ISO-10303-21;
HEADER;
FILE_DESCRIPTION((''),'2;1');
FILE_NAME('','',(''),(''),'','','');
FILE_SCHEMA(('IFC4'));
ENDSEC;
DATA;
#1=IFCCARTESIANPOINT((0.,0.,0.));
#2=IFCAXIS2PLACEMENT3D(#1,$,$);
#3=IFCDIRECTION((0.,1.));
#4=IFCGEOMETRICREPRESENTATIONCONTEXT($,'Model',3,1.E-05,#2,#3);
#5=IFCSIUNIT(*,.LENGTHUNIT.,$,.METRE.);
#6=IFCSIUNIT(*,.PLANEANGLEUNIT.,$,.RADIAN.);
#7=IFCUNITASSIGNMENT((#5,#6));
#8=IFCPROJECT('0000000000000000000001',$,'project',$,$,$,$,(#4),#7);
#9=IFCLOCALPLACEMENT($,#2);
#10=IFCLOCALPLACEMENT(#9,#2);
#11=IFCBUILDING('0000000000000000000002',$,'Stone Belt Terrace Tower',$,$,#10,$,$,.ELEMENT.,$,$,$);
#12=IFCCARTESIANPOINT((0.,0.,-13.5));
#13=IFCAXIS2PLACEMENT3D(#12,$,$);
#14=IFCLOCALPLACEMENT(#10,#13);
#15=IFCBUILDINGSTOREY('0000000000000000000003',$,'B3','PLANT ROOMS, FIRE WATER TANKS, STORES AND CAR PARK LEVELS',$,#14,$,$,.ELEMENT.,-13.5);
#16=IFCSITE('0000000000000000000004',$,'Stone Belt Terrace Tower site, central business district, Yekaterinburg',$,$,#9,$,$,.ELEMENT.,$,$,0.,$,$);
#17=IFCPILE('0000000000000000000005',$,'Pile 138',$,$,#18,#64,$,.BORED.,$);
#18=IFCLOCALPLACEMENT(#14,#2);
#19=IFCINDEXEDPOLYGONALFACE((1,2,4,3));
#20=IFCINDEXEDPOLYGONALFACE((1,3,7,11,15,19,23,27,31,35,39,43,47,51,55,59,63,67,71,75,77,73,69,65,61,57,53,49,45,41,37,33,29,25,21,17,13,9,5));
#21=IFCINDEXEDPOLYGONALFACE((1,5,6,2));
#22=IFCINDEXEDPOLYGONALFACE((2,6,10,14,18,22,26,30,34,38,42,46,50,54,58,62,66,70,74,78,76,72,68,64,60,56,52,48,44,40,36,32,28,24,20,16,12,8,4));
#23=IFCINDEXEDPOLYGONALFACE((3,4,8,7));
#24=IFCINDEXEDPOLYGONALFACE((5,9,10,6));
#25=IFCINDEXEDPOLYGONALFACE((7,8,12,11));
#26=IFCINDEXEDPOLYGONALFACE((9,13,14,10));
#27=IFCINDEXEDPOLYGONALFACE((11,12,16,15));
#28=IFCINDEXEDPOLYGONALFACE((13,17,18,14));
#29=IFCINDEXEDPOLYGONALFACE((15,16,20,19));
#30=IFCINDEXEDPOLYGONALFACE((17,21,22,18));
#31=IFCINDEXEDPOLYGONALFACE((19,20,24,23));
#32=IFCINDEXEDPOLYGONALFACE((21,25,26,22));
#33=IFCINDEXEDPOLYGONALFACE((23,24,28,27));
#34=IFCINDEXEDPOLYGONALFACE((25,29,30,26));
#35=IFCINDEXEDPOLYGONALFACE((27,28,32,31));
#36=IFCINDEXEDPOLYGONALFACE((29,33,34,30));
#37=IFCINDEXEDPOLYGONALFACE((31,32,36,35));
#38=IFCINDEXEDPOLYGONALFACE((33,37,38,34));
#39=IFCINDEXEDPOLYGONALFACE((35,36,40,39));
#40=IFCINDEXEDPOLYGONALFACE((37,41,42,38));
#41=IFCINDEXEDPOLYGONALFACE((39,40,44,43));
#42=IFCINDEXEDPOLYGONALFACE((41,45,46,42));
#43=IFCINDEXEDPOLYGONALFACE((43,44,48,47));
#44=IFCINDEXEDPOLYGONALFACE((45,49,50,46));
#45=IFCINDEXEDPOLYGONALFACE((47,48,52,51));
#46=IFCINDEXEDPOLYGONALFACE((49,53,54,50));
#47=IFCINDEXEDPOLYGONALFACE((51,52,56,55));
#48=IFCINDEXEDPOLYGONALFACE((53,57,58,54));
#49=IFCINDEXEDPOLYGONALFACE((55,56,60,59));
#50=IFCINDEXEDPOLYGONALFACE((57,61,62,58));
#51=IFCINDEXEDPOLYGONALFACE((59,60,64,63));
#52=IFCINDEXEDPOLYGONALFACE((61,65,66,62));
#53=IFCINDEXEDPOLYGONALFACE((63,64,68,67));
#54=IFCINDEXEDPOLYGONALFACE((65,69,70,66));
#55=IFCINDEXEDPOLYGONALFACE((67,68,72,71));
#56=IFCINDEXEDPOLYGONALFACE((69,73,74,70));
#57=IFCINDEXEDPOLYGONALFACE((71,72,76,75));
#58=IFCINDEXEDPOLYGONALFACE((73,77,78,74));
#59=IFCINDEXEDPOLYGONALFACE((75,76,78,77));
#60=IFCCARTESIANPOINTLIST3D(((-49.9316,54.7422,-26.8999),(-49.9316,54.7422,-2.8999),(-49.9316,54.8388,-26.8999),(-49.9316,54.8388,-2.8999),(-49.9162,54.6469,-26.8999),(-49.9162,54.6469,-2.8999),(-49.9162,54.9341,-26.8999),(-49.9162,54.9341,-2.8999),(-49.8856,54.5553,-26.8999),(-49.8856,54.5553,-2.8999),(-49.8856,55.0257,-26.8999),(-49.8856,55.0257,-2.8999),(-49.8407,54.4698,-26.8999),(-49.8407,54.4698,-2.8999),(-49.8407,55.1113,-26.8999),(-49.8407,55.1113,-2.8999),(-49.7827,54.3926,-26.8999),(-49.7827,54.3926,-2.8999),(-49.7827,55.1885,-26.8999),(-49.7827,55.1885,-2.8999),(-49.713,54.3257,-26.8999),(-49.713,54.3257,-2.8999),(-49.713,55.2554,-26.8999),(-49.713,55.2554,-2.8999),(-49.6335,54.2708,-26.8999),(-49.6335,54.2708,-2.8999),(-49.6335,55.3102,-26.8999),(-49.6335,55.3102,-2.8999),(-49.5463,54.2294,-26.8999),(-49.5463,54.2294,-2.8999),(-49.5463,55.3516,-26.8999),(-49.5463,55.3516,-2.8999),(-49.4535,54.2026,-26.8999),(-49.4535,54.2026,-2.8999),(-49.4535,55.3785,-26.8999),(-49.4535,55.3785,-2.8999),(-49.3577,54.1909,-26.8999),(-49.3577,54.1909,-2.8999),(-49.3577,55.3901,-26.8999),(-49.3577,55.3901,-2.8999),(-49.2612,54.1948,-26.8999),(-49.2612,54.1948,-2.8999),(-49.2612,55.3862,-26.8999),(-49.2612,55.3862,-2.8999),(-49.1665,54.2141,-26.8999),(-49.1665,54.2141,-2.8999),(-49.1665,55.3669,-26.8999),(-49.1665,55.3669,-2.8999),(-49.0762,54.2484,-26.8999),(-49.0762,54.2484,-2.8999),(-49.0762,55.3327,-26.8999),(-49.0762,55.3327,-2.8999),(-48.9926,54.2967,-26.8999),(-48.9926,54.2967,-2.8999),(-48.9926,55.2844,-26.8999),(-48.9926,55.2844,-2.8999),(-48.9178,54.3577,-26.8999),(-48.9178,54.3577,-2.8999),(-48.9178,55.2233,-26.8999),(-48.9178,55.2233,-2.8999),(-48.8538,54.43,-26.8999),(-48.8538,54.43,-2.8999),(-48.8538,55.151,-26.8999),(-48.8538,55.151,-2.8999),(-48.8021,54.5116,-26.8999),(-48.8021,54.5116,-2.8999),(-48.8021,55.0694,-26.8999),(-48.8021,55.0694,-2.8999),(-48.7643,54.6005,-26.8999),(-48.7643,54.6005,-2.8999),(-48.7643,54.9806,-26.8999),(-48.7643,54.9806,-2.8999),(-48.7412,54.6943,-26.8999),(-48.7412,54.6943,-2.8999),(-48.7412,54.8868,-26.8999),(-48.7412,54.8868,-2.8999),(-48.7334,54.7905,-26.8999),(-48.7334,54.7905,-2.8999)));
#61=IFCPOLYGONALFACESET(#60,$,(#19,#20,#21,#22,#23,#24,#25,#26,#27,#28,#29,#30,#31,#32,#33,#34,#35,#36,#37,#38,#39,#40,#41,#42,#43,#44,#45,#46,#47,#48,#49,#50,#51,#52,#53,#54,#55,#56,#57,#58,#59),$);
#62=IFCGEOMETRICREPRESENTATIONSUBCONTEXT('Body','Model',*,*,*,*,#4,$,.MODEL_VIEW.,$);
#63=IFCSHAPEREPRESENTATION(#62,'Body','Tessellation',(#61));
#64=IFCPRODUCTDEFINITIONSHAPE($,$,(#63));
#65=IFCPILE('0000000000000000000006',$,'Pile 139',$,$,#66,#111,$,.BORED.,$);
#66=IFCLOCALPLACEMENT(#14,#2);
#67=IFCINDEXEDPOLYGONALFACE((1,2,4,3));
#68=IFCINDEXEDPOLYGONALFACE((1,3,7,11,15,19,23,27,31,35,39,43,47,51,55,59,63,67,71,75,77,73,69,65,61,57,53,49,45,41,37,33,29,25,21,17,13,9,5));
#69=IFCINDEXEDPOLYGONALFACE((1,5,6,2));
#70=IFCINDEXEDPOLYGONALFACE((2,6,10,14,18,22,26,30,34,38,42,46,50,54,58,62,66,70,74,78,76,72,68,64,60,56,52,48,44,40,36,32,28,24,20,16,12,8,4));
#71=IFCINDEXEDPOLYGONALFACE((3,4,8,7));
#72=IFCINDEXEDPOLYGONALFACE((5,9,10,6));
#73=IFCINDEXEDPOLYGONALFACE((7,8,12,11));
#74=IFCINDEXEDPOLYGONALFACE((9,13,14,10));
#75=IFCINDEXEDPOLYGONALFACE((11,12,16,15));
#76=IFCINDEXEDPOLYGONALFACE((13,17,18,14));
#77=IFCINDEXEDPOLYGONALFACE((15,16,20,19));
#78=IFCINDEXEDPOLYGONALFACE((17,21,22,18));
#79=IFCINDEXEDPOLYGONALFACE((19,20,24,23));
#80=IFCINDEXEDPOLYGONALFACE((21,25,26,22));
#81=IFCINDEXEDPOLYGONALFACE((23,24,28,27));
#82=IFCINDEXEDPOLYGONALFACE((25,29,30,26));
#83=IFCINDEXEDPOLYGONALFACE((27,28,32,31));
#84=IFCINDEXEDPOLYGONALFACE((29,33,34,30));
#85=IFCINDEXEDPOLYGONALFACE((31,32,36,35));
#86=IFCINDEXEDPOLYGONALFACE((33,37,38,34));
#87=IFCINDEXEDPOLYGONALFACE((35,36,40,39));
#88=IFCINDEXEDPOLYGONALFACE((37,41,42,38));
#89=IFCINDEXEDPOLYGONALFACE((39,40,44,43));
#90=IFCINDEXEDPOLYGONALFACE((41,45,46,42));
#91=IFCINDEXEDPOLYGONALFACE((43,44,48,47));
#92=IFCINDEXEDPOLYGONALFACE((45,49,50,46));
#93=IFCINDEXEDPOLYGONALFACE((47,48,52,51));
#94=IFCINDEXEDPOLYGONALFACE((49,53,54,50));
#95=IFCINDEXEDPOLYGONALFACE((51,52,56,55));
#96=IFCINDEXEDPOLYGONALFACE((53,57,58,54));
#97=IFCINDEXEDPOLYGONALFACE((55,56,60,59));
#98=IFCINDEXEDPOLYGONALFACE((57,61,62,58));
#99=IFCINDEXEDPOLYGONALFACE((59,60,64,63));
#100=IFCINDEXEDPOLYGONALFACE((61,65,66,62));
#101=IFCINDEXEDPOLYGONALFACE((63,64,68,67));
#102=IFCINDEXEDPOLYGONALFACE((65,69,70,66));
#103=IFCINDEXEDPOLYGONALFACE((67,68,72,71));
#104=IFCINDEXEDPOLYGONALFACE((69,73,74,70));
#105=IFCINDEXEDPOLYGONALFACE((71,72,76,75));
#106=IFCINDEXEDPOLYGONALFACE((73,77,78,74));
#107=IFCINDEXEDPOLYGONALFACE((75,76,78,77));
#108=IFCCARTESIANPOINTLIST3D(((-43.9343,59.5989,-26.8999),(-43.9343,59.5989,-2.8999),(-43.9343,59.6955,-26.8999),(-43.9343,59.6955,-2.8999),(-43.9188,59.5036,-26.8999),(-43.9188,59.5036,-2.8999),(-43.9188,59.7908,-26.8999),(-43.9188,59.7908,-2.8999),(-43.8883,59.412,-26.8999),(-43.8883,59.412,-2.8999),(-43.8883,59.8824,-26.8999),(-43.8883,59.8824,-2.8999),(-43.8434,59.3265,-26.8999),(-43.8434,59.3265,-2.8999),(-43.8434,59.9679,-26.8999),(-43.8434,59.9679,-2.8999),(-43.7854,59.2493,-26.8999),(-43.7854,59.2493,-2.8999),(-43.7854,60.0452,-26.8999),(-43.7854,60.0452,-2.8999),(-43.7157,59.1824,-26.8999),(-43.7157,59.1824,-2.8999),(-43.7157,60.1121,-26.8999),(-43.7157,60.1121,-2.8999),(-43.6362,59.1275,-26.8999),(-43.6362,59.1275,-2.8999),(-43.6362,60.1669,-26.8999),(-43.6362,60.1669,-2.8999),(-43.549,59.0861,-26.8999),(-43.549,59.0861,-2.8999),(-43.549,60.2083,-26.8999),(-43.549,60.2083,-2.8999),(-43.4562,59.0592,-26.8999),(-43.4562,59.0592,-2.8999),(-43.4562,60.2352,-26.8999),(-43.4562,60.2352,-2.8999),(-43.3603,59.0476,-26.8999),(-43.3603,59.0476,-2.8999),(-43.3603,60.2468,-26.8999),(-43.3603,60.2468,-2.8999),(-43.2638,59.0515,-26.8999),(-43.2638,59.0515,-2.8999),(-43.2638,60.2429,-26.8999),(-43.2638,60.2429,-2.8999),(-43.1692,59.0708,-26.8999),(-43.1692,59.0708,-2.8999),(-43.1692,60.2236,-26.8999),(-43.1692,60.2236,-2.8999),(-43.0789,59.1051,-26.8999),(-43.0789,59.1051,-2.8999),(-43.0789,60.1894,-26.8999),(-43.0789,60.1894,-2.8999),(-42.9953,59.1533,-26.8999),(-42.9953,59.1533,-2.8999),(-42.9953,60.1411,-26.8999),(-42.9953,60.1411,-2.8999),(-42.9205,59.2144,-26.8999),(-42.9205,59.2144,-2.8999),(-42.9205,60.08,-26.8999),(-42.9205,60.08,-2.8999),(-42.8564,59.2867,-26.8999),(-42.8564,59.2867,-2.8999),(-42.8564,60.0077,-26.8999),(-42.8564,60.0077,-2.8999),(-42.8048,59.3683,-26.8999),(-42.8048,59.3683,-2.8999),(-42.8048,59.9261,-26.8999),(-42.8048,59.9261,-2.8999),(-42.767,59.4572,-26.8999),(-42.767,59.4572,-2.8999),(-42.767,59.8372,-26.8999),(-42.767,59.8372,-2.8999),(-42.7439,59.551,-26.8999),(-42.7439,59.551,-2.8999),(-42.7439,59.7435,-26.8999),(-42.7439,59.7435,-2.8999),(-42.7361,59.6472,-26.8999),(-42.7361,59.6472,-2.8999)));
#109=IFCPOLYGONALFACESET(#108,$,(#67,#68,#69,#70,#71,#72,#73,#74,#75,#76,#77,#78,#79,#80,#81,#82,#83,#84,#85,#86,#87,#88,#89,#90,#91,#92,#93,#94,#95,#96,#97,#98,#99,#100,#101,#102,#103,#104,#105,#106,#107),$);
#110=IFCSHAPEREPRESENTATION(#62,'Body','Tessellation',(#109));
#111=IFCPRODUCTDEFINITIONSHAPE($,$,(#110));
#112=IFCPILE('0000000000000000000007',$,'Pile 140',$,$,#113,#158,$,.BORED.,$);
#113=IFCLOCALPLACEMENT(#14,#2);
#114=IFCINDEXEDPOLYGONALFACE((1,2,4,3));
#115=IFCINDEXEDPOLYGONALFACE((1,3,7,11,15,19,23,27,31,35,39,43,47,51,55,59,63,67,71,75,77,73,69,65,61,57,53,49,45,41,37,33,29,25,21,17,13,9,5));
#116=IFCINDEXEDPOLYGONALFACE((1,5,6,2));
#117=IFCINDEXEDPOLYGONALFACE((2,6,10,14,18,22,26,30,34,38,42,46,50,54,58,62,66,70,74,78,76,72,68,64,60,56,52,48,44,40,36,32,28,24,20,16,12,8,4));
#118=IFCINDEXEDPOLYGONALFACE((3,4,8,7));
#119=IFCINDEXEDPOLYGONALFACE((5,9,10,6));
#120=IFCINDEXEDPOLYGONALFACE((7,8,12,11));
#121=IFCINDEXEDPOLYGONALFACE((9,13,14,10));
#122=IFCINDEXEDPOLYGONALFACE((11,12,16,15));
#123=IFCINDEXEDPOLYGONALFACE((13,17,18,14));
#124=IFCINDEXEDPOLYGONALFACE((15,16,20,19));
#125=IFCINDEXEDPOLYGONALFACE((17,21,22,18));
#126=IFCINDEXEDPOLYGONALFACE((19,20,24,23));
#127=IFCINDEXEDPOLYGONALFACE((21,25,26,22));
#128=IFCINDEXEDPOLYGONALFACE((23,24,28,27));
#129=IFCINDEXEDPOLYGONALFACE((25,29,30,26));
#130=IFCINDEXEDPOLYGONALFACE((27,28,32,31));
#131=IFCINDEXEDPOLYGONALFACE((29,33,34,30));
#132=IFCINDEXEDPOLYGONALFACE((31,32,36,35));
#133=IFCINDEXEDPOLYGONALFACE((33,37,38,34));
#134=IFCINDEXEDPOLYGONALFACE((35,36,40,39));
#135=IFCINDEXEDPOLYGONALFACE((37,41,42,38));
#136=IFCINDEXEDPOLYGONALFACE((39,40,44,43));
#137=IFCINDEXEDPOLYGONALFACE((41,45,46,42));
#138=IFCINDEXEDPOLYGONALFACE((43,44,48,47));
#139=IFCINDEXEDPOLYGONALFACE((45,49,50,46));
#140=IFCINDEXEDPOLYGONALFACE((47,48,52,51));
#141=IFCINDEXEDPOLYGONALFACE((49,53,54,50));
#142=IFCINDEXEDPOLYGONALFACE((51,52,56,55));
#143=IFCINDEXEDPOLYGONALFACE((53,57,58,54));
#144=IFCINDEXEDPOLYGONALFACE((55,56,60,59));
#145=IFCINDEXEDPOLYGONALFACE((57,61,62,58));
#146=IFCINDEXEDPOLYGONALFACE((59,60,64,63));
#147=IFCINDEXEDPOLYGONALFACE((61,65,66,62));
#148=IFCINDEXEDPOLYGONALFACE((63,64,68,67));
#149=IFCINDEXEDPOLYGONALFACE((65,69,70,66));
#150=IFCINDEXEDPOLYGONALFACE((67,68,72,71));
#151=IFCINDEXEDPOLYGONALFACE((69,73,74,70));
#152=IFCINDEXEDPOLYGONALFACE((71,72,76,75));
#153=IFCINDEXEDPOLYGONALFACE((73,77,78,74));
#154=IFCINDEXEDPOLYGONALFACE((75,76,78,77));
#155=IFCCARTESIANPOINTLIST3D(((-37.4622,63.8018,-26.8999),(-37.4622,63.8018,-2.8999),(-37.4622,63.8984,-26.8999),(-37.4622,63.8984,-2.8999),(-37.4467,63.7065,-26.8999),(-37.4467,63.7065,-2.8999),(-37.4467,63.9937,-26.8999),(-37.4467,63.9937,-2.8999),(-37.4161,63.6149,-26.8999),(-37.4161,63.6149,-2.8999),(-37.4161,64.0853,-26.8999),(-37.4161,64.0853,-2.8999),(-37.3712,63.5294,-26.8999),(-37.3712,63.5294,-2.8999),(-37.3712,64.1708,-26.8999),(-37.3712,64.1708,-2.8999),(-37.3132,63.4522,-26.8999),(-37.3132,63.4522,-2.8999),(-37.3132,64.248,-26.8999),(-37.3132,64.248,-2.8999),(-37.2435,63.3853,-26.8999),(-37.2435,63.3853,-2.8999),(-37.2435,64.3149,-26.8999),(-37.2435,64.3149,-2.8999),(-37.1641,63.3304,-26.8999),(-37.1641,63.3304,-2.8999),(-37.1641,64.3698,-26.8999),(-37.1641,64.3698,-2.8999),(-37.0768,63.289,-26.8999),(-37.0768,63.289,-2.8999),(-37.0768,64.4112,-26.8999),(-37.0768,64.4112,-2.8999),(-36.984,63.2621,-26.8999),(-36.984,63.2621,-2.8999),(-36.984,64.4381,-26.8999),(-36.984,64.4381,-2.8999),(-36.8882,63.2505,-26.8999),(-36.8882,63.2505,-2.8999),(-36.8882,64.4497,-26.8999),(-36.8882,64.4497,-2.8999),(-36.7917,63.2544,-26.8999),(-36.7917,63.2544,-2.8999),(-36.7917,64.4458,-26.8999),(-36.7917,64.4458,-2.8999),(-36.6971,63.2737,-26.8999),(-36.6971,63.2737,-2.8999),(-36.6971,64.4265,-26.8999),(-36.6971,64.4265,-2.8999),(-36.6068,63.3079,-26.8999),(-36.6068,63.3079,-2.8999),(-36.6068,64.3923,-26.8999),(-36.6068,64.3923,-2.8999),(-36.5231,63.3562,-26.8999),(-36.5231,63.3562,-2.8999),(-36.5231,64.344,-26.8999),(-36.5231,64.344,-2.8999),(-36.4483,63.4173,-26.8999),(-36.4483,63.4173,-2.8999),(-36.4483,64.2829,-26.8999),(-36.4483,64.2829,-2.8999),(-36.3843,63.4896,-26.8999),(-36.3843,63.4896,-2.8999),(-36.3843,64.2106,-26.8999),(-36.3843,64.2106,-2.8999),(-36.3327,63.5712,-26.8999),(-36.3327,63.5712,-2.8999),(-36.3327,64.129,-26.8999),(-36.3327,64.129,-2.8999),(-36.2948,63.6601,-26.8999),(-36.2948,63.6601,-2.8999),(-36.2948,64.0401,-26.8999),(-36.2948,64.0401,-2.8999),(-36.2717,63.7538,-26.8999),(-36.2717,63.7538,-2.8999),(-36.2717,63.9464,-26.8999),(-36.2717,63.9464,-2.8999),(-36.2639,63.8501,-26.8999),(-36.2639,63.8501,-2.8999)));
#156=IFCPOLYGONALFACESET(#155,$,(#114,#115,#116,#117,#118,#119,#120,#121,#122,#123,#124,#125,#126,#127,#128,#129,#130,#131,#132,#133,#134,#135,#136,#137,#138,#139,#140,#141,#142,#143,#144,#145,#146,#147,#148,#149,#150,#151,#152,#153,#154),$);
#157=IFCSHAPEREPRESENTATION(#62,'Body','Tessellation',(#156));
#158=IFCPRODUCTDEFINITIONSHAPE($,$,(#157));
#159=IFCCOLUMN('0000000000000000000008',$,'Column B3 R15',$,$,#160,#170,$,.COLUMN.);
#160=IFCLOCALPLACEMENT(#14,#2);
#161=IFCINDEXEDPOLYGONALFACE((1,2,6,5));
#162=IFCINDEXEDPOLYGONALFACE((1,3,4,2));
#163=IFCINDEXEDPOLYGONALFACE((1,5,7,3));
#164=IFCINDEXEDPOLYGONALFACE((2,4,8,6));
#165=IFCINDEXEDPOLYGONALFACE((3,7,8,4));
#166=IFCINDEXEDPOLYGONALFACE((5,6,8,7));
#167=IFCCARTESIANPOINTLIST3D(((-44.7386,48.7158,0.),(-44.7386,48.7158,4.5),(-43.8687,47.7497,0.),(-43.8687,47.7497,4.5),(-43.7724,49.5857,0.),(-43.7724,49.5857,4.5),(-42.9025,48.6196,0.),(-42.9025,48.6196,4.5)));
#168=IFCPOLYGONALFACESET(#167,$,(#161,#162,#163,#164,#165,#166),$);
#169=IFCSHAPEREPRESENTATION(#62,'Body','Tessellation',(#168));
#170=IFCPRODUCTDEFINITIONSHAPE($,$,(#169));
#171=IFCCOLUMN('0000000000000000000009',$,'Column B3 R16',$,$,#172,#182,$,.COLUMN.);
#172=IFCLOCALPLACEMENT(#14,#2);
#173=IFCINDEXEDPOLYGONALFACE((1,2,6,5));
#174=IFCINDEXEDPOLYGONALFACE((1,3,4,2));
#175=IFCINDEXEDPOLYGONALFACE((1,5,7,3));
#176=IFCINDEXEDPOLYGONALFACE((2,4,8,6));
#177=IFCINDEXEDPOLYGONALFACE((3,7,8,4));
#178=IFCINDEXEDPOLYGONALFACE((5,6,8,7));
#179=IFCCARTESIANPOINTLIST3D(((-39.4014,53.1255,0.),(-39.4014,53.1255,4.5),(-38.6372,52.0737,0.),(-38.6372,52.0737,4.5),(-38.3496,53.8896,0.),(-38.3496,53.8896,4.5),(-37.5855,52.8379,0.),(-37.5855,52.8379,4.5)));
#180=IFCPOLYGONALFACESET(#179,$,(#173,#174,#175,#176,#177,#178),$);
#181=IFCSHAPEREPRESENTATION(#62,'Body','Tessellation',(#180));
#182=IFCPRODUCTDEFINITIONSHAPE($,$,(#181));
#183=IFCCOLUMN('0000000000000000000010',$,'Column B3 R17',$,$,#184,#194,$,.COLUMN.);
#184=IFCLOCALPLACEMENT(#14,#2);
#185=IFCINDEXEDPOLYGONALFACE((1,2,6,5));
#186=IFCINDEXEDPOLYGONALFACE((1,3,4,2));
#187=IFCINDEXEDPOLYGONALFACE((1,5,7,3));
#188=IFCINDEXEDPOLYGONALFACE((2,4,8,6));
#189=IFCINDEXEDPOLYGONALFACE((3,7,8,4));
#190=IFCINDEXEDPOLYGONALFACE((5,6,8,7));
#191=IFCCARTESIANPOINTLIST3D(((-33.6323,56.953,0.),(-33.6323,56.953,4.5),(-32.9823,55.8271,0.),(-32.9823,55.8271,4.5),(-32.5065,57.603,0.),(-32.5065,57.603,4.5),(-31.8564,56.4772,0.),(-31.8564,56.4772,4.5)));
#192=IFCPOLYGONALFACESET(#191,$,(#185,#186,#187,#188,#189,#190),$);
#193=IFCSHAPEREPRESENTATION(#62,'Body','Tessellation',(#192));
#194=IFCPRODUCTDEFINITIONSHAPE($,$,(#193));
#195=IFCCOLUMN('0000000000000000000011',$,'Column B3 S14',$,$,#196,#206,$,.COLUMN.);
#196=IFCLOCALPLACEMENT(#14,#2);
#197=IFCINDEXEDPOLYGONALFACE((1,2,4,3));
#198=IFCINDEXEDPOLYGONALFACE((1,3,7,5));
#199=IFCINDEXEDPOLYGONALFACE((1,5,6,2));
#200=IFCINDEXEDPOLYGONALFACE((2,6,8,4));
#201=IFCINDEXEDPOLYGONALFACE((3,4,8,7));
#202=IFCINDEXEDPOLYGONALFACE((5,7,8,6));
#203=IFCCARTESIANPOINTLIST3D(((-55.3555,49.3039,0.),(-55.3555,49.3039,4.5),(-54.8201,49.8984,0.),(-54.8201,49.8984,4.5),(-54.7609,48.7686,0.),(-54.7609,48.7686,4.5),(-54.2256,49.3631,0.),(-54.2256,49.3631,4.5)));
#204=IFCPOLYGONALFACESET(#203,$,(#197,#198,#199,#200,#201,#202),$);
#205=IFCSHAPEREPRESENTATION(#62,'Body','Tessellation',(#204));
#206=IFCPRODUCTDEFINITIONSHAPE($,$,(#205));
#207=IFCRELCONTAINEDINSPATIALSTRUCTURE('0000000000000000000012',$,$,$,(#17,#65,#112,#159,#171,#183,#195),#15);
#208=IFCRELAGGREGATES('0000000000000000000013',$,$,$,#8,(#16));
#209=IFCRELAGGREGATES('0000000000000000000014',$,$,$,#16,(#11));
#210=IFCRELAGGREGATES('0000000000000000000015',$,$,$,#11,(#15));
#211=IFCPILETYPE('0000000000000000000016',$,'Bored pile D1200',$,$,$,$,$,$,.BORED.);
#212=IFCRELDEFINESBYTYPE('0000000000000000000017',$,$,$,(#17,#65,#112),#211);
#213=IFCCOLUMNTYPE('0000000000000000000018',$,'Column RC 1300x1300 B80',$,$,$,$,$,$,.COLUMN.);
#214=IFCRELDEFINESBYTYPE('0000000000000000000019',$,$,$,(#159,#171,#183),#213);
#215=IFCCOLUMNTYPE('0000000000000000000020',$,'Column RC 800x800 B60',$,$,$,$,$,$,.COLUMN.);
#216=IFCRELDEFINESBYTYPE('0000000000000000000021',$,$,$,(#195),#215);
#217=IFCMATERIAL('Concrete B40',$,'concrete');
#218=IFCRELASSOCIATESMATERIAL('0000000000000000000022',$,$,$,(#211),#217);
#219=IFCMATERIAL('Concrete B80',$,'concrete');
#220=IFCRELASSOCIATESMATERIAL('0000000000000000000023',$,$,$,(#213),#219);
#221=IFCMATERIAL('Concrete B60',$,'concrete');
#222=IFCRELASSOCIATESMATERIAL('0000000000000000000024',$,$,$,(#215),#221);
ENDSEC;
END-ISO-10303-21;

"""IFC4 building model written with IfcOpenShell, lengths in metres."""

from ifc_helpers import new_model, si_unit, direction, frame, origin, origin_2d, place, context, subcontext, project, spatial, rectangle, circle, extrude, material, material_profile, profile_set, type_object, element, save


model = new_model("IFC4")

# Units and contexts
model_context = context("Model", 3, precision=1e-05, world=origin(), true_north=direction((0.0, 1.0)))
body_context = subcontext(model_context, "Body", "Model", "MODEL_VIEW")
ifc_project = project(units=[si_unit("LENGTHUNIT", "METRE"), si_unit("PLANEANGLEUNIT", "RADIAN")], contexts=[model_context])

# Site, building, storey
site_placement = place(None, origin())
site = spatial("IfcSite", under=ifc_project, at=site_placement, Name="Stone Belt Terrace Tower site, central business district, Yekaterinburg", CompositionType="ELEMENT", RefElevation=0.0)
building_placement = place(site_placement, origin())
building = spatial("IfcBuilding", under=site, at=building_placement, Name="Stone Belt Terrace Tower", CompositionType="ELEMENT")
storey_placement = place(building_placement, frame((0.0, 0.0, -13.5)))
storey = spatial("IfcBuildingStorey", under=building, at=storey_placement, Name="B3", Description="PLANT ROOMS, FIRE WATER TANKS, STORES AND CAR PARK LEVELS", CompositionType="ELEMENT", Elevation=-13.5)

# Piles
ifc_material_1 = material(Name="Concrete B40", Category="concrete")
ifc_material_profile_1 = material_profile(ifc_material_1, circle(Radius=0.6001, at=origin_2d()), Name="PILE D1200")
ifc_profile_set_1 = profile_set([ifc_material_profile_1], Name="Concrete B40")
pile_type = type_object("IfcPileType", Name="Bored pile D1200", PredefinedType="BORED", material=ifc_profile_set_1)
for number, where, z_axis, x_axis, name in (
    (1, (-49.3335, 54.7905, -2.8999), (0.0, 0.0, -1.0), (1.0, 0.0, 0.0), "Pile 138"),
    (2, (-43.3362, 59.6472, -2.8999), (0.0, 0.0, -1.0), (1.0, 0.0, 0.0), "Pile 139"),
    (3, (-36.864, 63.8501, -2.8999), (0.0, 0.0, -1.0), (1.0, 0.0, 0.0), "Pile 140"),
):
    element("IfcPile", number, at=place(storey_placement, frame(where, z_axis=z_axis, x_axis=x_axis)), inside=storey, type_object=pile_type, Name=name, PredefinedType="BORED", context=body_context, shape_type="SweptSolid", body=[
        extrude(circle(Radius=0.6001, at=origin_2d()), origin(), (0.0, 0.0, 1.0), 24.0),
    ])

# Columns
ifc_material_2 = material(Name="Concrete B80", Category="concrete")
ifc_material_profile_2 = material_profile(ifc_material_2, rectangle(XDim=1.3, YDim=1.3, at=origin_2d()), Name="RC 1300x1300")
ifc_profile_set_2 = profile_set([ifc_material_profile_2], Name="Concrete B80")
column_type_1 = type_object("IfcColumnType", Name="Column RC 1300x1300 B80", PredefinedType="COLUMN", material=ifc_profile_set_2)
for number, where, z_axis, x_axis, name in (
    (4, (-43.8206, 48.6677, 0.0), (0.0, 0.0, 1.0), (0.743145, 0.669131, 0.0), "Column B3 R15"),
    (5, (-38.4934, 52.9817, 0.0), (0.0, 0.0, 1.0), (0.809017, 0.587785, 0.0), "Column B3 R16"),
    (6, (-32.7444, 56.7151, 0.0), (0.0, 0.0, 1.0), (0.866025, 0.5, 0.0), "Column B3 R17"),
):
    element("IfcColumn", number, at=place(storey_placement, frame(where, z_axis=z_axis, x_axis=x_axis)), inside=storey, type_object=column_type_1, Name=name, PredefinedType="COLUMN", context=body_context, shape_type="SweptSolid", body=[
        extrude(rectangle(XDim=1.3, YDim=1.3, at=origin_2d()), origin(), (0.0, 0.0, 1.0), 4.5),
    ])
ifc_material_3 = material(Name="Concrete B60", Category="concrete")
ifc_material_profile_3 = material_profile(ifc_material_3, rectangle(XDim=0.8, YDim=0.8, at=origin_2d()), Name="RC 800x800")
ifc_profile_set_3 = profile_set([ifc_material_profile_3], Name="Concrete B60")
column_type_2 = type_object("IfcColumnType", Name="Column RC 800x800 B60", PredefinedType="COLUMN", material=ifc_profile_set_3)
for number, where, z_axis, x_axis, name in (
    (7, (-54.7905, 49.3335, 0.0), (0.0, 0.0, 1.0), (0.669131, 0.743145, 0.0), "Column B3 S14"),
):
    element("IfcColumn", number, at=place(storey_placement, frame(where, z_axis=z_axis, x_axis=x_axis)), inside=storey, type_object=column_type_2, Name=name, PredefinedType="COLUMN", context=body_context, shape_type="SweptSolid", body=[
        extrude(rectangle(XDim=0.8, YDim=0.8, at=origin_2d()), origin(), (0.0, 0.0, 1.0), 4.5),
    ])

save(model, "model.ifc")
